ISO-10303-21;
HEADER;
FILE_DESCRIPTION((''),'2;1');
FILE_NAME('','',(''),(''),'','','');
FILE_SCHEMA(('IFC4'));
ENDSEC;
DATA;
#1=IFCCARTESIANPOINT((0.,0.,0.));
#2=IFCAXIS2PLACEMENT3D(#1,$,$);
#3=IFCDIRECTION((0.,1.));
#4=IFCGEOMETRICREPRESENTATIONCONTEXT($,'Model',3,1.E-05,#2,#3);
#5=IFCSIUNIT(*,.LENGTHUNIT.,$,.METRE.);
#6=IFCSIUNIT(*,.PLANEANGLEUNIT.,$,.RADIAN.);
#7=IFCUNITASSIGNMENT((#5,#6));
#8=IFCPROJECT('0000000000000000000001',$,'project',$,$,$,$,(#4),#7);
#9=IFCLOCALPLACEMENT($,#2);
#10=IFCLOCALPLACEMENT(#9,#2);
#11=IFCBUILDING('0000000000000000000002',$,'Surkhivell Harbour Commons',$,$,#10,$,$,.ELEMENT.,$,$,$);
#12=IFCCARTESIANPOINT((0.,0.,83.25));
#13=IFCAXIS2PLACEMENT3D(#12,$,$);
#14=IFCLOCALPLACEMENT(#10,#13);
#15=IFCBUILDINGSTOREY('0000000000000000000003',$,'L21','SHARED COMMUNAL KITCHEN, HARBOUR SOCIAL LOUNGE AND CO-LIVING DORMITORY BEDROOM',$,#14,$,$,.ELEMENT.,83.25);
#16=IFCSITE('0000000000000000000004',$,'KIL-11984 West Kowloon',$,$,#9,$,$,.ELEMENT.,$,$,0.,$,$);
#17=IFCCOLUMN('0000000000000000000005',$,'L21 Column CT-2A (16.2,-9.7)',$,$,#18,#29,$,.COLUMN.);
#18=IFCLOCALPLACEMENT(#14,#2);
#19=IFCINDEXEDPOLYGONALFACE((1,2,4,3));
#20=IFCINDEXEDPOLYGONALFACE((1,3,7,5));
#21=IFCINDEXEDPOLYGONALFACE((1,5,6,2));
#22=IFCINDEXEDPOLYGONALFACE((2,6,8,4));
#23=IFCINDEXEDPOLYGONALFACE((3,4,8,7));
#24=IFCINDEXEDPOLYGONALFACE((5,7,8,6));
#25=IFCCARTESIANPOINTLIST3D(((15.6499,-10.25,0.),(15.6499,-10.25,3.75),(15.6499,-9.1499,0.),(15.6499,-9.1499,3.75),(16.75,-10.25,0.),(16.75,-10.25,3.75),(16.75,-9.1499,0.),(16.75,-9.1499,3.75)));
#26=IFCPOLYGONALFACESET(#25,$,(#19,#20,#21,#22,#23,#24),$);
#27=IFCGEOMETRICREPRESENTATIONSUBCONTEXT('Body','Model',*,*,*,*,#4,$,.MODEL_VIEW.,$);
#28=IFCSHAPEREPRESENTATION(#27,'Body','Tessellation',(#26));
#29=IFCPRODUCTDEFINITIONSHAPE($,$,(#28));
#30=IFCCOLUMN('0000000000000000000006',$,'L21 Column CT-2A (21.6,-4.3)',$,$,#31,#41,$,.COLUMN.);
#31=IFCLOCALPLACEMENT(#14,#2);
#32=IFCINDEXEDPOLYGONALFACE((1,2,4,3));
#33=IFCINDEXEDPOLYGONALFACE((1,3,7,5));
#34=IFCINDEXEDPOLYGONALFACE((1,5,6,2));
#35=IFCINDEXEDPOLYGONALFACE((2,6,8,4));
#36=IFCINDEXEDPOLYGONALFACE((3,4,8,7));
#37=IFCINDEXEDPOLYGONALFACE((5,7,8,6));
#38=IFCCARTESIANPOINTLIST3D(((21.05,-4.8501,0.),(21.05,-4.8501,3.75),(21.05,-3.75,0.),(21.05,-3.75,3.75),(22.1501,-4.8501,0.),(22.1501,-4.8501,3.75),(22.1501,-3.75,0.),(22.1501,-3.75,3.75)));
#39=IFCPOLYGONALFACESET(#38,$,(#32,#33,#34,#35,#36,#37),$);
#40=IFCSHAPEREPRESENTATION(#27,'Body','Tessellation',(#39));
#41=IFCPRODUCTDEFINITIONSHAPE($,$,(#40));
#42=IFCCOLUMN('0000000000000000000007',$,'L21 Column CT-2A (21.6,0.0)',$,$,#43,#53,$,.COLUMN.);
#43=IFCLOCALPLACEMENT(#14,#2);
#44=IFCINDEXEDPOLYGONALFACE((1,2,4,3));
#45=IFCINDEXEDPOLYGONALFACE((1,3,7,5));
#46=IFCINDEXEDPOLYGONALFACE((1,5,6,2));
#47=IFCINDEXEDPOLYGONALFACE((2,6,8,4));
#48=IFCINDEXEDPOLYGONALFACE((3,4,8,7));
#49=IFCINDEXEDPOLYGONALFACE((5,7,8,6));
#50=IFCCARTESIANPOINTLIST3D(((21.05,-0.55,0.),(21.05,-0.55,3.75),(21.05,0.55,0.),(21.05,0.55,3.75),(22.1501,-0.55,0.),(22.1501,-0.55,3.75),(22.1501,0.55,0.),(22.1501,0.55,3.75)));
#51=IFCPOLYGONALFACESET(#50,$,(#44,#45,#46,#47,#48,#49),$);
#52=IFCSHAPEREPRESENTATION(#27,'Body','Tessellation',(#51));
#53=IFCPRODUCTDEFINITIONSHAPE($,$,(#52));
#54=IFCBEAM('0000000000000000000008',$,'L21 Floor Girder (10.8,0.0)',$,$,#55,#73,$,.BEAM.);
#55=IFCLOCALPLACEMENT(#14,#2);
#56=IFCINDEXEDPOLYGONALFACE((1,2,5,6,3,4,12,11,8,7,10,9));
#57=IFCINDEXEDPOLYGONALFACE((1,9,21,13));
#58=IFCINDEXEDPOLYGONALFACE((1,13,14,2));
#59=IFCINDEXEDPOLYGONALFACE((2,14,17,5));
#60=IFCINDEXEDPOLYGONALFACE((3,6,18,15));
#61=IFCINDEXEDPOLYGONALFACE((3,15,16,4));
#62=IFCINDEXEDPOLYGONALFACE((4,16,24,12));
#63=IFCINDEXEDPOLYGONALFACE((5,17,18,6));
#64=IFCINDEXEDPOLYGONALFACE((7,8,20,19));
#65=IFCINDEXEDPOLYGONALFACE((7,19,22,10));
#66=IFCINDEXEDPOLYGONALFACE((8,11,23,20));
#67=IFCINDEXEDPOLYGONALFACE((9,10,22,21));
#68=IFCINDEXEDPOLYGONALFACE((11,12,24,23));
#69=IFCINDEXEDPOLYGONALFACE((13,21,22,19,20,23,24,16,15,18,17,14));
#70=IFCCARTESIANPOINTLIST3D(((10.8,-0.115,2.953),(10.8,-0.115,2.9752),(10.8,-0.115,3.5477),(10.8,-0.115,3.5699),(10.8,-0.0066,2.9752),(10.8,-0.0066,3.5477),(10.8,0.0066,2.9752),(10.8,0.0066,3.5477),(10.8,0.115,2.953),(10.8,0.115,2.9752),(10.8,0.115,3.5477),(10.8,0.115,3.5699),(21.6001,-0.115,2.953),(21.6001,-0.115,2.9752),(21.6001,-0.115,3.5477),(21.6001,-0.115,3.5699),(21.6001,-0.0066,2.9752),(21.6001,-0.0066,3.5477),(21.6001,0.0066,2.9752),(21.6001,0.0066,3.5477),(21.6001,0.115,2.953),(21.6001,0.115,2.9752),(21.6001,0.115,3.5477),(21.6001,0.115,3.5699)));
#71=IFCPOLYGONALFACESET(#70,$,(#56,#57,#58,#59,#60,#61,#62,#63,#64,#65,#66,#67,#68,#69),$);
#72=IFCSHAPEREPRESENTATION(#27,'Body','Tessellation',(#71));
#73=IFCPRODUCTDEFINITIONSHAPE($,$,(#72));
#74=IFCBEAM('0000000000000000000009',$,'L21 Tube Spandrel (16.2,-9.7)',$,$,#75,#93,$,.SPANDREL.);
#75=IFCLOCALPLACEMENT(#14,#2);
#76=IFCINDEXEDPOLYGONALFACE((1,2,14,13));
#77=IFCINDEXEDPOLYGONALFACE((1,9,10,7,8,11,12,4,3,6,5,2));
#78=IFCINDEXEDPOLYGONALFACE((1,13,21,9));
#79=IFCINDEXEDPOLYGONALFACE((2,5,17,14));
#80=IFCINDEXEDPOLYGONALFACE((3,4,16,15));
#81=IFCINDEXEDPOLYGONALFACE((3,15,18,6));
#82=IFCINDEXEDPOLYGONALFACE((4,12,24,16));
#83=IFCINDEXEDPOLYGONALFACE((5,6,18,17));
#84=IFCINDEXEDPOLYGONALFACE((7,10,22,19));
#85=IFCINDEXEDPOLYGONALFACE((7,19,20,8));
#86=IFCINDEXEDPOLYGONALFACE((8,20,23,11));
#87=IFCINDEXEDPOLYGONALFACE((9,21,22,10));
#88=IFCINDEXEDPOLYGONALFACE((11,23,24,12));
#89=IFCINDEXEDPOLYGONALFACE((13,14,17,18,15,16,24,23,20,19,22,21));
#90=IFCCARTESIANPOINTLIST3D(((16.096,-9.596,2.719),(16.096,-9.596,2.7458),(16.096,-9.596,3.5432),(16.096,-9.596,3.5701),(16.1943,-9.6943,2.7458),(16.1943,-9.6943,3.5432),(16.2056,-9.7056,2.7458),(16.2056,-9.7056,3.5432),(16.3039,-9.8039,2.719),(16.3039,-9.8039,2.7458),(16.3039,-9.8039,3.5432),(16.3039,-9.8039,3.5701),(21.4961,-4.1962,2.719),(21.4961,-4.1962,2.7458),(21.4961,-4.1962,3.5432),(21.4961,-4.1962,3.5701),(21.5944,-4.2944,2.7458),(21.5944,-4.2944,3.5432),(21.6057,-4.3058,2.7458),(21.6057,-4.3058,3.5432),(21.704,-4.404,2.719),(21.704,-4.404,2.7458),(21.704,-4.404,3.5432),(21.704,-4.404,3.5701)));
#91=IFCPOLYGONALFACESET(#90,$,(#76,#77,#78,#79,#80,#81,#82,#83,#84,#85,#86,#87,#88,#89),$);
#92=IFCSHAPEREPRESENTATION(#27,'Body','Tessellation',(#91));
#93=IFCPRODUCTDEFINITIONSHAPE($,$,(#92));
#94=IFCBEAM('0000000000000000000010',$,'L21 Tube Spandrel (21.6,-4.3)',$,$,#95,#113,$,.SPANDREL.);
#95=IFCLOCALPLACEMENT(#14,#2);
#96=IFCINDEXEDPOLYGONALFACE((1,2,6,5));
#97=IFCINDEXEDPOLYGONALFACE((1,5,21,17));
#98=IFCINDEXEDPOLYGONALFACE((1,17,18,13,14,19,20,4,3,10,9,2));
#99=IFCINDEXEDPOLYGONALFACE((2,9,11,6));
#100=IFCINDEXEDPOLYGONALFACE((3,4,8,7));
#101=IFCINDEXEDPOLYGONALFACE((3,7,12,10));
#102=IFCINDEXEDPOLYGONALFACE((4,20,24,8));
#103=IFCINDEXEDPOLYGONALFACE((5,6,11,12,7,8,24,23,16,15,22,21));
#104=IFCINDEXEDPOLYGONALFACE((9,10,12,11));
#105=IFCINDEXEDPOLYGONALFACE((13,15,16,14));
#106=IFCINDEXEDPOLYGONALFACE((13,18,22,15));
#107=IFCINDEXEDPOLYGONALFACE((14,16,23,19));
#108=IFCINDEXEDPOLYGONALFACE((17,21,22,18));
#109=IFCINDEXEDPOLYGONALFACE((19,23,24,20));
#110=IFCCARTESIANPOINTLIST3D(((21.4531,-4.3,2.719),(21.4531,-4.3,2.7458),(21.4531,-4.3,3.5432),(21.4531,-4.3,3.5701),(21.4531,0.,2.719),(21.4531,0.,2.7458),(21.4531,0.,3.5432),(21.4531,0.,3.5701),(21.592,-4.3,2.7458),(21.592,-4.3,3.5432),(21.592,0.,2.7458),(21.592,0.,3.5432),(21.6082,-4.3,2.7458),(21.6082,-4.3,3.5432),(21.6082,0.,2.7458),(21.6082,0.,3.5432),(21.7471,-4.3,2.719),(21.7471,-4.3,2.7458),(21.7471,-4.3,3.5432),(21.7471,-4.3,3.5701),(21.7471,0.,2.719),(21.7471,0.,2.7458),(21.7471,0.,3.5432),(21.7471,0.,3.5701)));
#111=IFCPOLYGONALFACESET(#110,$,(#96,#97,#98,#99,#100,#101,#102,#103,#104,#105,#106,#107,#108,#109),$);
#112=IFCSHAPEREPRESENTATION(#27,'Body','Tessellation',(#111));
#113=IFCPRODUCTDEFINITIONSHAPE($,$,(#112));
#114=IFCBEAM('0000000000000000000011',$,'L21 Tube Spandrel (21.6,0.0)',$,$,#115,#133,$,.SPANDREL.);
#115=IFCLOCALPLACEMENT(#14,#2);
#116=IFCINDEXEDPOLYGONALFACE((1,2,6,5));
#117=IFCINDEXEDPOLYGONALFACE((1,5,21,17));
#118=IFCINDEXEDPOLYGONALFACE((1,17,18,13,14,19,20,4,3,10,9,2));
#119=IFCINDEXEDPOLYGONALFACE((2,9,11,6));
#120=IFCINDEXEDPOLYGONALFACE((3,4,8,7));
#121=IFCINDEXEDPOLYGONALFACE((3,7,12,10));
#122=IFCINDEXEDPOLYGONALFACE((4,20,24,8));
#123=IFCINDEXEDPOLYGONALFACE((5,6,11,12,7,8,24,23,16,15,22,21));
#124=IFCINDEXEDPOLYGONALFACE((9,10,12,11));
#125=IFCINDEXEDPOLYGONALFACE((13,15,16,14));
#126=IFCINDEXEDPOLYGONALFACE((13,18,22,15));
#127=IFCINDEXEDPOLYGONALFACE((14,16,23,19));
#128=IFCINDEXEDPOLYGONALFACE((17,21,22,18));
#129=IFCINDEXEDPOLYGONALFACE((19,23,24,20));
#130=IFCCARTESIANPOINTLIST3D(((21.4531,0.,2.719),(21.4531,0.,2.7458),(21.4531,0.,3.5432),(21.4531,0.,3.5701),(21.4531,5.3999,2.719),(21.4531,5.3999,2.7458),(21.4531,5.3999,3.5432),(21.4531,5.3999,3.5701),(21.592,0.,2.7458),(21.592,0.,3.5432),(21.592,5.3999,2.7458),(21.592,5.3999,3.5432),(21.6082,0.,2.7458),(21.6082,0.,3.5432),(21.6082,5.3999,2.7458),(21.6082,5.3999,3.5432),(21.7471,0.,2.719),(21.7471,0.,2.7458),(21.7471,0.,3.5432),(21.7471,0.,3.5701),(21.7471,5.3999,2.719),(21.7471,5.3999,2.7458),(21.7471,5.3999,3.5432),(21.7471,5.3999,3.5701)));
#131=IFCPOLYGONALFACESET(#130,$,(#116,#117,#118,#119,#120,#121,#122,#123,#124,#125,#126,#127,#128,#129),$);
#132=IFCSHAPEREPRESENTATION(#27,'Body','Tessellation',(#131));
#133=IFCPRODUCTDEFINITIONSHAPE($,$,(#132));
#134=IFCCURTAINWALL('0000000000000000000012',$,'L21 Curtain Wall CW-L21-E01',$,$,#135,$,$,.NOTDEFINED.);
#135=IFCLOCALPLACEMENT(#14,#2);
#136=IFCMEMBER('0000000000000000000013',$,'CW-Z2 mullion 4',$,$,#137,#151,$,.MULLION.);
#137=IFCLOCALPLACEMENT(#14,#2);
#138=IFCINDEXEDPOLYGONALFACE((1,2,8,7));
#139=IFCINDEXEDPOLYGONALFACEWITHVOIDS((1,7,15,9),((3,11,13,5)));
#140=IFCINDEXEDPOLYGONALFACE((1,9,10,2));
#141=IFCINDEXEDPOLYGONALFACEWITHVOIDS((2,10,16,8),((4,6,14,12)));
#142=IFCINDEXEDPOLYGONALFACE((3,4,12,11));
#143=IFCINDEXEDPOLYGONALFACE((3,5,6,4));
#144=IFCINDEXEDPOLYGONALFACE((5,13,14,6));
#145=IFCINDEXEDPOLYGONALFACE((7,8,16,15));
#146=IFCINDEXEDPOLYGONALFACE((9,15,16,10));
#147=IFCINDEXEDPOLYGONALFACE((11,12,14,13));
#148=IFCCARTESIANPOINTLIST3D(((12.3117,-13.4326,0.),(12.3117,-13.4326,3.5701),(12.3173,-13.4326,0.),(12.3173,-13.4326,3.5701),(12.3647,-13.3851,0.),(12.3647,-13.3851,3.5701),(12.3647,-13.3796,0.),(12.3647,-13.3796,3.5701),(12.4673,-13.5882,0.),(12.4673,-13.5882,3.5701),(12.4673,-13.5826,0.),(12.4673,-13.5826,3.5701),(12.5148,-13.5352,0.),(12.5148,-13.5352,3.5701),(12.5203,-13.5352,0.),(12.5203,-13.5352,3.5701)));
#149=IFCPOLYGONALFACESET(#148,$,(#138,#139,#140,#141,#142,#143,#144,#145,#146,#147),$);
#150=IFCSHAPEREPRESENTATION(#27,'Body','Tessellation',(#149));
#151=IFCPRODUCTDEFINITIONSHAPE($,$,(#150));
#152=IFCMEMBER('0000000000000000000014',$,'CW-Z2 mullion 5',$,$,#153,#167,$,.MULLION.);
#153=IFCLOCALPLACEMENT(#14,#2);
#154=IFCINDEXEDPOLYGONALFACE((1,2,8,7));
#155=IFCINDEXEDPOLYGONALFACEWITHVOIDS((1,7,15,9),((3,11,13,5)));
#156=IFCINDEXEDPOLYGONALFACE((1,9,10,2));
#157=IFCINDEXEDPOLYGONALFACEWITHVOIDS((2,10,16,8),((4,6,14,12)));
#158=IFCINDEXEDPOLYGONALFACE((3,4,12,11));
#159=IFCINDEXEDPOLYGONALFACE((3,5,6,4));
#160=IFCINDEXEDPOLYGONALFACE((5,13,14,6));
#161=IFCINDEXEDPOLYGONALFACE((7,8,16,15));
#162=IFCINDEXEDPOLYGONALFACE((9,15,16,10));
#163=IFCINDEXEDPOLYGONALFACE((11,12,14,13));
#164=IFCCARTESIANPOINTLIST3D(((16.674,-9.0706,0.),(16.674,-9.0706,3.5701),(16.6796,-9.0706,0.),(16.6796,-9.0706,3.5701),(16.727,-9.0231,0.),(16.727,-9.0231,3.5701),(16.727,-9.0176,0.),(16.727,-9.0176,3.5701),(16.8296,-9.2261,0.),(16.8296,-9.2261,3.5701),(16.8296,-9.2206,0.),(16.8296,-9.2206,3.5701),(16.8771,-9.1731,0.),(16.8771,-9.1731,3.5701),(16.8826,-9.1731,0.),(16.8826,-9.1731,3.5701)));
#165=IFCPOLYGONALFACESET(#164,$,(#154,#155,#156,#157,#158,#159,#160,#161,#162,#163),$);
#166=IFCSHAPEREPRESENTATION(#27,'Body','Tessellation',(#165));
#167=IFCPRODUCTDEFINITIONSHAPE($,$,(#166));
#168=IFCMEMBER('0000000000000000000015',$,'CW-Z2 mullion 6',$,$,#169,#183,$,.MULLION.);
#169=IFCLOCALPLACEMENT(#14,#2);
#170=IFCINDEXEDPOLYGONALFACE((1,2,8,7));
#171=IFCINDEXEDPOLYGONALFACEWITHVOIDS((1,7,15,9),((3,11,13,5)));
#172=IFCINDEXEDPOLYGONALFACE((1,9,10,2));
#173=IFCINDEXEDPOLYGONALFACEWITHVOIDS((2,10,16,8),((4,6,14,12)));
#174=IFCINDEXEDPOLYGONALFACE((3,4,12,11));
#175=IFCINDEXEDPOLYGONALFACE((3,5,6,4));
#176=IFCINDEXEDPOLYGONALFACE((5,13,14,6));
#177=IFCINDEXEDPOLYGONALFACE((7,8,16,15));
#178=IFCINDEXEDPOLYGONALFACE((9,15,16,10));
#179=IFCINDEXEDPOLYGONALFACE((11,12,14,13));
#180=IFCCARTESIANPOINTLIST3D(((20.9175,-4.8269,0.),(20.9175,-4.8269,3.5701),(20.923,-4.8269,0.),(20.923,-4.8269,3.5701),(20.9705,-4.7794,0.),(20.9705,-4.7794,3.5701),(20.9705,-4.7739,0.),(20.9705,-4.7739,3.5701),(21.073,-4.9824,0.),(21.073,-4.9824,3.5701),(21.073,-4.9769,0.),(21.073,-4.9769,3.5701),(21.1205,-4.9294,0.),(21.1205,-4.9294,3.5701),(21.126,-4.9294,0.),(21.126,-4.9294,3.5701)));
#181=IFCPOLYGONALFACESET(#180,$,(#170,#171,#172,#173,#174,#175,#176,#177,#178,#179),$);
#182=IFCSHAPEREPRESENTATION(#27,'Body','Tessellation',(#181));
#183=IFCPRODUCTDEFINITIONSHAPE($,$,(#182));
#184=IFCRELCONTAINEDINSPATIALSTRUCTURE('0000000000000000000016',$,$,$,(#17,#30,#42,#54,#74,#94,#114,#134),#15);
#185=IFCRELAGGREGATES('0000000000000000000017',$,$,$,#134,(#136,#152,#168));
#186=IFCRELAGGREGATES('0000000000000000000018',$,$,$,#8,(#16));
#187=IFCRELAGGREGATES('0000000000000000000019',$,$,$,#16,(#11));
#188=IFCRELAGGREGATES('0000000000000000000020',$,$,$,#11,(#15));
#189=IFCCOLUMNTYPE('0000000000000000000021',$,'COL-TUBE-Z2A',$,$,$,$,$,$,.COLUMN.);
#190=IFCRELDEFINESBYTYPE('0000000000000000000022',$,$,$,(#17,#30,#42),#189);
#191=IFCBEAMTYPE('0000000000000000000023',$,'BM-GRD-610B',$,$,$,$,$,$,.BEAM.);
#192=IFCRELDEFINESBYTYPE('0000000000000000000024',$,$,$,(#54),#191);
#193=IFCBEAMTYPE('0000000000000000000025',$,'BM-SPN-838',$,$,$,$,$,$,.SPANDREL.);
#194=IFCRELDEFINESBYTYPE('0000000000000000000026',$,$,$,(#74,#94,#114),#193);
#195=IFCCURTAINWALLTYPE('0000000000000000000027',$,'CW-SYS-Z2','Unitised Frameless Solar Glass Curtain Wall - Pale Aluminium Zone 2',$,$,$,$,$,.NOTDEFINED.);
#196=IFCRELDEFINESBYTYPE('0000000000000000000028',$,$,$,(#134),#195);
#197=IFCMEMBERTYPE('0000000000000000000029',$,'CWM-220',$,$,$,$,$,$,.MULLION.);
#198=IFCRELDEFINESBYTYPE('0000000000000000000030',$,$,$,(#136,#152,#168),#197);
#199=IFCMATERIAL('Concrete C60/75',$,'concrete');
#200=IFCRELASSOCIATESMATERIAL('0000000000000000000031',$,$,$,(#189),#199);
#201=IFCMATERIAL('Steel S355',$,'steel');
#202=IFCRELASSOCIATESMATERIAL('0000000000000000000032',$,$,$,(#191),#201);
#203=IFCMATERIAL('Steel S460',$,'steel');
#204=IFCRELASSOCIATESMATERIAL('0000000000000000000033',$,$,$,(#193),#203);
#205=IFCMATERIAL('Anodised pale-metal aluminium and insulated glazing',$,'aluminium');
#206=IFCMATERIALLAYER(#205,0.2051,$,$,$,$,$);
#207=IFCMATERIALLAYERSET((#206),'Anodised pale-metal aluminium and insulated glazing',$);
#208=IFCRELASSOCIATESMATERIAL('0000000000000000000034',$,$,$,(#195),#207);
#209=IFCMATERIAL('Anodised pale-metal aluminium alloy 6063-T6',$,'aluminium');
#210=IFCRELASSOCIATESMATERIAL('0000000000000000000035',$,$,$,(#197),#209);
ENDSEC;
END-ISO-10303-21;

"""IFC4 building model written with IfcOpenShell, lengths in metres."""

from ifc_helpers import new_model, si_unit, direction, frame, origin, origin_2d, place, context, subcontext, project, spatial, rectangle, hollow_rectangle, i_section, extrude, material, layer, layer_set, material_profile, profile_set, type_object, element, aggregate, save


model = new_model("IFC4")

# Units and contexts
model_context = context("Model", 3, precision=1e-05, world=origin(), true_north=direction((0.0, 1.0)))
body_context = subcontext(model_context, "Body", "Model", "MODEL_VIEW")
ifc_project = project(units=[si_unit("LENGTHUNIT", "METRE"), si_unit("PLANEANGLEUNIT", "RADIAN")], contexts=[model_context])

# Site, building, storey
site_placement = place(None, origin())
site = spatial("IfcSite", under=ifc_project, at=site_placement, Name="KIL-11984 West Kowloon", CompositionType="ELEMENT", RefElevation=0.0)
building_placement = place(site_placement, origin())
building = spatial("IfcBuilding", under=site, at=building_placement, Name="Surkhivell Harbour Commons", CompositionType="ELEMENT")
storey_placement = place(building_placement, frame((0.0, 0.0, 83.25)))
storey = spatial("IfcBuildingStorey", under=building, at=storey_placement, Name="L21", Description="SHARED COMMUNAL KITCHEN, HARBOUR SOCIAL LOUNGE AND CO-LIVING DORMITORY BEDROOM", CompositionType="ELEMENT", Elevation=83.25)

# Columns
ifc_material_1 = material(Name="Concrete C60/75", Category="concrete")
ifc_material_profile_1 = material_profile(ifc_material_1, rectangle(XDim=1.1001, YDim=1.1001, at=origin_2d()), Name="RC-COL-1100x1100")
ifc_profile_set_1 = profile_set([ifc_material_profile_1], Name="Concrete C60/75")
column_type = type_object("IfcColumnType", Name="COL-TUBE-Z2A", PredefinedType="COLUMN", material=ifc_profile_set_1)
for number, where, z_axis, x_axis, name in (
    (1, (16.2, -9.7, 0.0), (0.0, 0.0, 1.0), (1.0, 0.0, 0.0), "L21 Column CT-2A (16.2,-9.7)"),
    (2, (21.6001, -4.3, 0.0), (0.0, 0.0, 1.0), (1.0, 0.0, 0.0), "L21 Column CT-2A (21.6,-4.3)"),
    (3, (21.6001, 0.0, 0.0), (0.0, 0.0, 1.0), (1.0, 0.0, 0.0), "L21 Column CT-2A (21.6,0.0)"),
):
    element("IfcColumn", number, at=place(storey_placement, frame(where, z_axis=z_axis, x_axis=x_axis)), inside=storey, type_object=column_type, Name=name, PredefinedType="COLUMN", context=body_context, shape_type="SweptSolid", body=[
        extrude(rectangle(XDim=1.1001, YDim=1.1001, at=origin_2d()), origin(), (0.0, 0.0, 1.0), 3.75),
    ])

# Beams
ifc_material_2 = material(Name="Steel S355", Category="steel")
ifc_material_profile_2 = material_profile(ifc_material_2, i_section(OverallWidth=0.23, OverallDepth=0.6169, WebThickness=0.0132, FlangeThickness=0.0222, at=origin_2d()), Name="UB610x229x140")
ifc_profile_set_2 = profile_set([ifc_material_profile_2], Name="Steel S355")
beam_type_1 = type_object("IfcBeamType", Name="BM-GRD-610B", PredefinedType="BEAM", material=ifc_profile_set_2)
beam_1_placement = place(storey_placement, frame((10.8, 0.0, 3.2615), z_axis=(1.0, 0.0, 0.0), x_axis=(0.0, 1.0, 0.0)))
element("IfcBeam", 4, at=beam_1_placement, inside=storey, type_object=beam_type_1, Name="L21 Floor Girder (10.8,0.0)", PredefinedType="BEAM", context=body_context, shape_type="SweptSolid", body=[
    extrude(i_section(OverallWidth=0.23, OverallDepth=0.6169, WebThickness=0.0132, FlangeThickness=0.0222, at=origin_2d()), origin(), (0.0, 0.0, 1.0), 10.8),
])
ifc_material_3 = material(Name="Steel S460", Category="steel")
ifc_material_profile_3 = material_profile(ifc_material_3, i_section(OverallWidth=0.2939, OverallDepth=0.8511, WebThickness=0.0161, FlangeThickness=0.0269, at=origin_2d()), Name="UB838x292x226")
ifc_profile_set_3 = profile_set([ifc_material_profile_3], Name="Steel S460")
beam_type_2 = type_object("IfcBeamType", Name="BM-SPN-838", PredefinedType="SPANDREL", material=ifc_profile_set_3)
beam_2_placement = place(storey_placement, frame((16.2, -9.7, 3.1445), z_axis=(0.707123, 0.707091, 0.0), x_axis=(-0.707091, 0.707123, 0.0)))
element("IfcBeam", 5, at=beam_2_placement, inside=storey, type_object=beam_type_2, Name="L21 Tube Spandrel (16.2,-9.7)", PredefinedType="SPANDREL", context=body_context, shape_type="SweptSolid", body=[
    extrude(i_section(OverallWidth=0.2939, OverallDepth=0.8511, WebThickness=0.0161, FlangeThickness=0.0269, at=origin_2d()), origin(), (0.0, 0.0, 1.0), 7.6367),
])
beam_3_placement = place(storey_placement, frame((21.6001, -4.3, 3.1445), z_axis=(0.0, 1.0, 0.0), x_axis=(-1.0, 0.0, 0.0)))
element("IfcBeam", 6, at=beam_3_placement, inside=storey, type_object=beam_type_2, Name="L21 Tube Spandrel (21.6,-4.3)", PredefinedType="SPANDREL", context=body_context, shape_type="SweptSolid", body=[
    extrude(i_section(OverallWidth=0.2939, OverallDepth=0.8511, WebThickness=0.0161, FlangeThickness=0.0269, at=origin_2d()), origin(), (0.0, 0.0, 1.0), 4.3),
])
beam_4_placement = place(storey_placement, frame((21.6001, 0.0, 3.1445), z_axis=(0.0, 1.0, 0.0), x_axis=(-1.0, 0.0, 0.0)))
element("IfcBeam", 7, at=beam_4_placement, inside=storey, type_object=beam_type_2, Name="L21 Tube Spandrel (21.6,0.0)", PredefinedType="SPANDREL", context=body_context, shape_type="SweptSolid", body=[
    extrude(i_section(OverallWidth=0.2939, OverallDepth=0.8511, WebThickness=0.0161, FlangeThickness=0.0269, at=origin_2d()), origin(), (0.0, 0.0, 1.0), 5.3999),
])

# Curtain wall, members
ifc_material_4 = material(Name="Anodised pale-metal aluminium and insulated glazing", Category="aluminium")
ifc_layer_1 = layer(ifc_material_4, 0.2051)
ifc_layer_set_1 = layer_set([ifc_layer_1], Name="Anodised pale-metal aluminium and insulated glazing")
curtain_wall_type = type_object("IfcCurtainWallType", Name="CW-SYS-Z2", Description="Unitised Frameless Solar Glass Curtain Wall - Pale Aluminium Zone 2", PredefinedType="NOTDEFINED", material=ifc_layer_set_1)
curtain_wall_1_placement = place(storey_placement, origin())
curtain_wall_1 = element("IfcCurtainWall", 8, at=curtain_wall_1_placement, inside=storey, type_object=curtain_wall_type, Name="L21 Curtain Wall CW-L21-E01", PredefinedType="NOTDEFINED")
ifc_material_5 = material(Name="Anodised pale-metal aluminium alloy 6063-T6", Category="aluminium")
ifc_material_profile_4 = material_profile(ifc_material_5, hollow_rectangle(XDim=0.075, YDim=0.22, WallThickness=0.0039, at=origin_2d()), Name="ALU-MULL-75x220")
ifc_profile_set_4 = profile_set([ifc_material_profile_4], Name="Anodised pale-metal aluminium alloy 6063-T6")
member_type_1 = type_object("IfcMemberType", Name="CWM-220", PredefinedType="MULLION", material=ifc_profile_set_4)
member_1_placement = place(storey_placement, frame((12.416, -13.4839, 0.0), z_axis=(0.0, 0.0, 1.0), x_axis=(0.707107, 0.707107, 0.0)))
member_1 = element("IfcMember", 9, at=member_1_placement, type_object=member_type_1, Name="CW-Z2 mullion 4", PredefinedType="MULLION", context=body_context, shape_type="SweptSolid", body=[
    extrude(hollow_rectangle(XDim=0.075, YDim=0.22, WallThickness=0.0039, at=origin_2d()), origin(), (0.0, 0.0, 1.0), 3.5701),
])
member_2_placement = place(storey_placement, frame((16.7783, -9.1218, 0.0), z_axis=(0.0, 0.0, 1.0), x_axis=(0.707107, 0.707107, 0.0)))
member_2 = element("IfcMember", 10, at=member_2_placement, type_object=member_type_1, Name="CW-Z2 mullion 5", PredefinedType="MULLION", context=body_context, shape_type="SweptSolid", body=[
    extrude(hollow_rectangle(XDim=0.075, YDim=0.22, WallThickness=0.0039, at=origin_2d()), origin(), (0.0, 0.0, 1.0), 3.5701),
])
member_3_placement = place(storey_placement, frame((21.0217, -4.8782, 0.0), z_axis=(0.0, 0.0, 1.0), x_axis=(0.707107, 0.707107, 0.0)))
member_3 = element("IfcMember", 11, at=member_3_placement, type_object=member_type_1, Name="CW-Z2 mullion 6", PredefinedType="MULLION", context=body_context, shape_type="SweptSolid", body=[
    extrude(hollow_rectangle(XDim=0.075, YDim=0.22, WallThickness=0.0039, at=origin_2d()), origin(), (0.0, 0.0, 1.0), 3.5701),
])

aggregate(curtain_wall_1, [member_1, member_2, member_3])

save(model, "model.ifc")
